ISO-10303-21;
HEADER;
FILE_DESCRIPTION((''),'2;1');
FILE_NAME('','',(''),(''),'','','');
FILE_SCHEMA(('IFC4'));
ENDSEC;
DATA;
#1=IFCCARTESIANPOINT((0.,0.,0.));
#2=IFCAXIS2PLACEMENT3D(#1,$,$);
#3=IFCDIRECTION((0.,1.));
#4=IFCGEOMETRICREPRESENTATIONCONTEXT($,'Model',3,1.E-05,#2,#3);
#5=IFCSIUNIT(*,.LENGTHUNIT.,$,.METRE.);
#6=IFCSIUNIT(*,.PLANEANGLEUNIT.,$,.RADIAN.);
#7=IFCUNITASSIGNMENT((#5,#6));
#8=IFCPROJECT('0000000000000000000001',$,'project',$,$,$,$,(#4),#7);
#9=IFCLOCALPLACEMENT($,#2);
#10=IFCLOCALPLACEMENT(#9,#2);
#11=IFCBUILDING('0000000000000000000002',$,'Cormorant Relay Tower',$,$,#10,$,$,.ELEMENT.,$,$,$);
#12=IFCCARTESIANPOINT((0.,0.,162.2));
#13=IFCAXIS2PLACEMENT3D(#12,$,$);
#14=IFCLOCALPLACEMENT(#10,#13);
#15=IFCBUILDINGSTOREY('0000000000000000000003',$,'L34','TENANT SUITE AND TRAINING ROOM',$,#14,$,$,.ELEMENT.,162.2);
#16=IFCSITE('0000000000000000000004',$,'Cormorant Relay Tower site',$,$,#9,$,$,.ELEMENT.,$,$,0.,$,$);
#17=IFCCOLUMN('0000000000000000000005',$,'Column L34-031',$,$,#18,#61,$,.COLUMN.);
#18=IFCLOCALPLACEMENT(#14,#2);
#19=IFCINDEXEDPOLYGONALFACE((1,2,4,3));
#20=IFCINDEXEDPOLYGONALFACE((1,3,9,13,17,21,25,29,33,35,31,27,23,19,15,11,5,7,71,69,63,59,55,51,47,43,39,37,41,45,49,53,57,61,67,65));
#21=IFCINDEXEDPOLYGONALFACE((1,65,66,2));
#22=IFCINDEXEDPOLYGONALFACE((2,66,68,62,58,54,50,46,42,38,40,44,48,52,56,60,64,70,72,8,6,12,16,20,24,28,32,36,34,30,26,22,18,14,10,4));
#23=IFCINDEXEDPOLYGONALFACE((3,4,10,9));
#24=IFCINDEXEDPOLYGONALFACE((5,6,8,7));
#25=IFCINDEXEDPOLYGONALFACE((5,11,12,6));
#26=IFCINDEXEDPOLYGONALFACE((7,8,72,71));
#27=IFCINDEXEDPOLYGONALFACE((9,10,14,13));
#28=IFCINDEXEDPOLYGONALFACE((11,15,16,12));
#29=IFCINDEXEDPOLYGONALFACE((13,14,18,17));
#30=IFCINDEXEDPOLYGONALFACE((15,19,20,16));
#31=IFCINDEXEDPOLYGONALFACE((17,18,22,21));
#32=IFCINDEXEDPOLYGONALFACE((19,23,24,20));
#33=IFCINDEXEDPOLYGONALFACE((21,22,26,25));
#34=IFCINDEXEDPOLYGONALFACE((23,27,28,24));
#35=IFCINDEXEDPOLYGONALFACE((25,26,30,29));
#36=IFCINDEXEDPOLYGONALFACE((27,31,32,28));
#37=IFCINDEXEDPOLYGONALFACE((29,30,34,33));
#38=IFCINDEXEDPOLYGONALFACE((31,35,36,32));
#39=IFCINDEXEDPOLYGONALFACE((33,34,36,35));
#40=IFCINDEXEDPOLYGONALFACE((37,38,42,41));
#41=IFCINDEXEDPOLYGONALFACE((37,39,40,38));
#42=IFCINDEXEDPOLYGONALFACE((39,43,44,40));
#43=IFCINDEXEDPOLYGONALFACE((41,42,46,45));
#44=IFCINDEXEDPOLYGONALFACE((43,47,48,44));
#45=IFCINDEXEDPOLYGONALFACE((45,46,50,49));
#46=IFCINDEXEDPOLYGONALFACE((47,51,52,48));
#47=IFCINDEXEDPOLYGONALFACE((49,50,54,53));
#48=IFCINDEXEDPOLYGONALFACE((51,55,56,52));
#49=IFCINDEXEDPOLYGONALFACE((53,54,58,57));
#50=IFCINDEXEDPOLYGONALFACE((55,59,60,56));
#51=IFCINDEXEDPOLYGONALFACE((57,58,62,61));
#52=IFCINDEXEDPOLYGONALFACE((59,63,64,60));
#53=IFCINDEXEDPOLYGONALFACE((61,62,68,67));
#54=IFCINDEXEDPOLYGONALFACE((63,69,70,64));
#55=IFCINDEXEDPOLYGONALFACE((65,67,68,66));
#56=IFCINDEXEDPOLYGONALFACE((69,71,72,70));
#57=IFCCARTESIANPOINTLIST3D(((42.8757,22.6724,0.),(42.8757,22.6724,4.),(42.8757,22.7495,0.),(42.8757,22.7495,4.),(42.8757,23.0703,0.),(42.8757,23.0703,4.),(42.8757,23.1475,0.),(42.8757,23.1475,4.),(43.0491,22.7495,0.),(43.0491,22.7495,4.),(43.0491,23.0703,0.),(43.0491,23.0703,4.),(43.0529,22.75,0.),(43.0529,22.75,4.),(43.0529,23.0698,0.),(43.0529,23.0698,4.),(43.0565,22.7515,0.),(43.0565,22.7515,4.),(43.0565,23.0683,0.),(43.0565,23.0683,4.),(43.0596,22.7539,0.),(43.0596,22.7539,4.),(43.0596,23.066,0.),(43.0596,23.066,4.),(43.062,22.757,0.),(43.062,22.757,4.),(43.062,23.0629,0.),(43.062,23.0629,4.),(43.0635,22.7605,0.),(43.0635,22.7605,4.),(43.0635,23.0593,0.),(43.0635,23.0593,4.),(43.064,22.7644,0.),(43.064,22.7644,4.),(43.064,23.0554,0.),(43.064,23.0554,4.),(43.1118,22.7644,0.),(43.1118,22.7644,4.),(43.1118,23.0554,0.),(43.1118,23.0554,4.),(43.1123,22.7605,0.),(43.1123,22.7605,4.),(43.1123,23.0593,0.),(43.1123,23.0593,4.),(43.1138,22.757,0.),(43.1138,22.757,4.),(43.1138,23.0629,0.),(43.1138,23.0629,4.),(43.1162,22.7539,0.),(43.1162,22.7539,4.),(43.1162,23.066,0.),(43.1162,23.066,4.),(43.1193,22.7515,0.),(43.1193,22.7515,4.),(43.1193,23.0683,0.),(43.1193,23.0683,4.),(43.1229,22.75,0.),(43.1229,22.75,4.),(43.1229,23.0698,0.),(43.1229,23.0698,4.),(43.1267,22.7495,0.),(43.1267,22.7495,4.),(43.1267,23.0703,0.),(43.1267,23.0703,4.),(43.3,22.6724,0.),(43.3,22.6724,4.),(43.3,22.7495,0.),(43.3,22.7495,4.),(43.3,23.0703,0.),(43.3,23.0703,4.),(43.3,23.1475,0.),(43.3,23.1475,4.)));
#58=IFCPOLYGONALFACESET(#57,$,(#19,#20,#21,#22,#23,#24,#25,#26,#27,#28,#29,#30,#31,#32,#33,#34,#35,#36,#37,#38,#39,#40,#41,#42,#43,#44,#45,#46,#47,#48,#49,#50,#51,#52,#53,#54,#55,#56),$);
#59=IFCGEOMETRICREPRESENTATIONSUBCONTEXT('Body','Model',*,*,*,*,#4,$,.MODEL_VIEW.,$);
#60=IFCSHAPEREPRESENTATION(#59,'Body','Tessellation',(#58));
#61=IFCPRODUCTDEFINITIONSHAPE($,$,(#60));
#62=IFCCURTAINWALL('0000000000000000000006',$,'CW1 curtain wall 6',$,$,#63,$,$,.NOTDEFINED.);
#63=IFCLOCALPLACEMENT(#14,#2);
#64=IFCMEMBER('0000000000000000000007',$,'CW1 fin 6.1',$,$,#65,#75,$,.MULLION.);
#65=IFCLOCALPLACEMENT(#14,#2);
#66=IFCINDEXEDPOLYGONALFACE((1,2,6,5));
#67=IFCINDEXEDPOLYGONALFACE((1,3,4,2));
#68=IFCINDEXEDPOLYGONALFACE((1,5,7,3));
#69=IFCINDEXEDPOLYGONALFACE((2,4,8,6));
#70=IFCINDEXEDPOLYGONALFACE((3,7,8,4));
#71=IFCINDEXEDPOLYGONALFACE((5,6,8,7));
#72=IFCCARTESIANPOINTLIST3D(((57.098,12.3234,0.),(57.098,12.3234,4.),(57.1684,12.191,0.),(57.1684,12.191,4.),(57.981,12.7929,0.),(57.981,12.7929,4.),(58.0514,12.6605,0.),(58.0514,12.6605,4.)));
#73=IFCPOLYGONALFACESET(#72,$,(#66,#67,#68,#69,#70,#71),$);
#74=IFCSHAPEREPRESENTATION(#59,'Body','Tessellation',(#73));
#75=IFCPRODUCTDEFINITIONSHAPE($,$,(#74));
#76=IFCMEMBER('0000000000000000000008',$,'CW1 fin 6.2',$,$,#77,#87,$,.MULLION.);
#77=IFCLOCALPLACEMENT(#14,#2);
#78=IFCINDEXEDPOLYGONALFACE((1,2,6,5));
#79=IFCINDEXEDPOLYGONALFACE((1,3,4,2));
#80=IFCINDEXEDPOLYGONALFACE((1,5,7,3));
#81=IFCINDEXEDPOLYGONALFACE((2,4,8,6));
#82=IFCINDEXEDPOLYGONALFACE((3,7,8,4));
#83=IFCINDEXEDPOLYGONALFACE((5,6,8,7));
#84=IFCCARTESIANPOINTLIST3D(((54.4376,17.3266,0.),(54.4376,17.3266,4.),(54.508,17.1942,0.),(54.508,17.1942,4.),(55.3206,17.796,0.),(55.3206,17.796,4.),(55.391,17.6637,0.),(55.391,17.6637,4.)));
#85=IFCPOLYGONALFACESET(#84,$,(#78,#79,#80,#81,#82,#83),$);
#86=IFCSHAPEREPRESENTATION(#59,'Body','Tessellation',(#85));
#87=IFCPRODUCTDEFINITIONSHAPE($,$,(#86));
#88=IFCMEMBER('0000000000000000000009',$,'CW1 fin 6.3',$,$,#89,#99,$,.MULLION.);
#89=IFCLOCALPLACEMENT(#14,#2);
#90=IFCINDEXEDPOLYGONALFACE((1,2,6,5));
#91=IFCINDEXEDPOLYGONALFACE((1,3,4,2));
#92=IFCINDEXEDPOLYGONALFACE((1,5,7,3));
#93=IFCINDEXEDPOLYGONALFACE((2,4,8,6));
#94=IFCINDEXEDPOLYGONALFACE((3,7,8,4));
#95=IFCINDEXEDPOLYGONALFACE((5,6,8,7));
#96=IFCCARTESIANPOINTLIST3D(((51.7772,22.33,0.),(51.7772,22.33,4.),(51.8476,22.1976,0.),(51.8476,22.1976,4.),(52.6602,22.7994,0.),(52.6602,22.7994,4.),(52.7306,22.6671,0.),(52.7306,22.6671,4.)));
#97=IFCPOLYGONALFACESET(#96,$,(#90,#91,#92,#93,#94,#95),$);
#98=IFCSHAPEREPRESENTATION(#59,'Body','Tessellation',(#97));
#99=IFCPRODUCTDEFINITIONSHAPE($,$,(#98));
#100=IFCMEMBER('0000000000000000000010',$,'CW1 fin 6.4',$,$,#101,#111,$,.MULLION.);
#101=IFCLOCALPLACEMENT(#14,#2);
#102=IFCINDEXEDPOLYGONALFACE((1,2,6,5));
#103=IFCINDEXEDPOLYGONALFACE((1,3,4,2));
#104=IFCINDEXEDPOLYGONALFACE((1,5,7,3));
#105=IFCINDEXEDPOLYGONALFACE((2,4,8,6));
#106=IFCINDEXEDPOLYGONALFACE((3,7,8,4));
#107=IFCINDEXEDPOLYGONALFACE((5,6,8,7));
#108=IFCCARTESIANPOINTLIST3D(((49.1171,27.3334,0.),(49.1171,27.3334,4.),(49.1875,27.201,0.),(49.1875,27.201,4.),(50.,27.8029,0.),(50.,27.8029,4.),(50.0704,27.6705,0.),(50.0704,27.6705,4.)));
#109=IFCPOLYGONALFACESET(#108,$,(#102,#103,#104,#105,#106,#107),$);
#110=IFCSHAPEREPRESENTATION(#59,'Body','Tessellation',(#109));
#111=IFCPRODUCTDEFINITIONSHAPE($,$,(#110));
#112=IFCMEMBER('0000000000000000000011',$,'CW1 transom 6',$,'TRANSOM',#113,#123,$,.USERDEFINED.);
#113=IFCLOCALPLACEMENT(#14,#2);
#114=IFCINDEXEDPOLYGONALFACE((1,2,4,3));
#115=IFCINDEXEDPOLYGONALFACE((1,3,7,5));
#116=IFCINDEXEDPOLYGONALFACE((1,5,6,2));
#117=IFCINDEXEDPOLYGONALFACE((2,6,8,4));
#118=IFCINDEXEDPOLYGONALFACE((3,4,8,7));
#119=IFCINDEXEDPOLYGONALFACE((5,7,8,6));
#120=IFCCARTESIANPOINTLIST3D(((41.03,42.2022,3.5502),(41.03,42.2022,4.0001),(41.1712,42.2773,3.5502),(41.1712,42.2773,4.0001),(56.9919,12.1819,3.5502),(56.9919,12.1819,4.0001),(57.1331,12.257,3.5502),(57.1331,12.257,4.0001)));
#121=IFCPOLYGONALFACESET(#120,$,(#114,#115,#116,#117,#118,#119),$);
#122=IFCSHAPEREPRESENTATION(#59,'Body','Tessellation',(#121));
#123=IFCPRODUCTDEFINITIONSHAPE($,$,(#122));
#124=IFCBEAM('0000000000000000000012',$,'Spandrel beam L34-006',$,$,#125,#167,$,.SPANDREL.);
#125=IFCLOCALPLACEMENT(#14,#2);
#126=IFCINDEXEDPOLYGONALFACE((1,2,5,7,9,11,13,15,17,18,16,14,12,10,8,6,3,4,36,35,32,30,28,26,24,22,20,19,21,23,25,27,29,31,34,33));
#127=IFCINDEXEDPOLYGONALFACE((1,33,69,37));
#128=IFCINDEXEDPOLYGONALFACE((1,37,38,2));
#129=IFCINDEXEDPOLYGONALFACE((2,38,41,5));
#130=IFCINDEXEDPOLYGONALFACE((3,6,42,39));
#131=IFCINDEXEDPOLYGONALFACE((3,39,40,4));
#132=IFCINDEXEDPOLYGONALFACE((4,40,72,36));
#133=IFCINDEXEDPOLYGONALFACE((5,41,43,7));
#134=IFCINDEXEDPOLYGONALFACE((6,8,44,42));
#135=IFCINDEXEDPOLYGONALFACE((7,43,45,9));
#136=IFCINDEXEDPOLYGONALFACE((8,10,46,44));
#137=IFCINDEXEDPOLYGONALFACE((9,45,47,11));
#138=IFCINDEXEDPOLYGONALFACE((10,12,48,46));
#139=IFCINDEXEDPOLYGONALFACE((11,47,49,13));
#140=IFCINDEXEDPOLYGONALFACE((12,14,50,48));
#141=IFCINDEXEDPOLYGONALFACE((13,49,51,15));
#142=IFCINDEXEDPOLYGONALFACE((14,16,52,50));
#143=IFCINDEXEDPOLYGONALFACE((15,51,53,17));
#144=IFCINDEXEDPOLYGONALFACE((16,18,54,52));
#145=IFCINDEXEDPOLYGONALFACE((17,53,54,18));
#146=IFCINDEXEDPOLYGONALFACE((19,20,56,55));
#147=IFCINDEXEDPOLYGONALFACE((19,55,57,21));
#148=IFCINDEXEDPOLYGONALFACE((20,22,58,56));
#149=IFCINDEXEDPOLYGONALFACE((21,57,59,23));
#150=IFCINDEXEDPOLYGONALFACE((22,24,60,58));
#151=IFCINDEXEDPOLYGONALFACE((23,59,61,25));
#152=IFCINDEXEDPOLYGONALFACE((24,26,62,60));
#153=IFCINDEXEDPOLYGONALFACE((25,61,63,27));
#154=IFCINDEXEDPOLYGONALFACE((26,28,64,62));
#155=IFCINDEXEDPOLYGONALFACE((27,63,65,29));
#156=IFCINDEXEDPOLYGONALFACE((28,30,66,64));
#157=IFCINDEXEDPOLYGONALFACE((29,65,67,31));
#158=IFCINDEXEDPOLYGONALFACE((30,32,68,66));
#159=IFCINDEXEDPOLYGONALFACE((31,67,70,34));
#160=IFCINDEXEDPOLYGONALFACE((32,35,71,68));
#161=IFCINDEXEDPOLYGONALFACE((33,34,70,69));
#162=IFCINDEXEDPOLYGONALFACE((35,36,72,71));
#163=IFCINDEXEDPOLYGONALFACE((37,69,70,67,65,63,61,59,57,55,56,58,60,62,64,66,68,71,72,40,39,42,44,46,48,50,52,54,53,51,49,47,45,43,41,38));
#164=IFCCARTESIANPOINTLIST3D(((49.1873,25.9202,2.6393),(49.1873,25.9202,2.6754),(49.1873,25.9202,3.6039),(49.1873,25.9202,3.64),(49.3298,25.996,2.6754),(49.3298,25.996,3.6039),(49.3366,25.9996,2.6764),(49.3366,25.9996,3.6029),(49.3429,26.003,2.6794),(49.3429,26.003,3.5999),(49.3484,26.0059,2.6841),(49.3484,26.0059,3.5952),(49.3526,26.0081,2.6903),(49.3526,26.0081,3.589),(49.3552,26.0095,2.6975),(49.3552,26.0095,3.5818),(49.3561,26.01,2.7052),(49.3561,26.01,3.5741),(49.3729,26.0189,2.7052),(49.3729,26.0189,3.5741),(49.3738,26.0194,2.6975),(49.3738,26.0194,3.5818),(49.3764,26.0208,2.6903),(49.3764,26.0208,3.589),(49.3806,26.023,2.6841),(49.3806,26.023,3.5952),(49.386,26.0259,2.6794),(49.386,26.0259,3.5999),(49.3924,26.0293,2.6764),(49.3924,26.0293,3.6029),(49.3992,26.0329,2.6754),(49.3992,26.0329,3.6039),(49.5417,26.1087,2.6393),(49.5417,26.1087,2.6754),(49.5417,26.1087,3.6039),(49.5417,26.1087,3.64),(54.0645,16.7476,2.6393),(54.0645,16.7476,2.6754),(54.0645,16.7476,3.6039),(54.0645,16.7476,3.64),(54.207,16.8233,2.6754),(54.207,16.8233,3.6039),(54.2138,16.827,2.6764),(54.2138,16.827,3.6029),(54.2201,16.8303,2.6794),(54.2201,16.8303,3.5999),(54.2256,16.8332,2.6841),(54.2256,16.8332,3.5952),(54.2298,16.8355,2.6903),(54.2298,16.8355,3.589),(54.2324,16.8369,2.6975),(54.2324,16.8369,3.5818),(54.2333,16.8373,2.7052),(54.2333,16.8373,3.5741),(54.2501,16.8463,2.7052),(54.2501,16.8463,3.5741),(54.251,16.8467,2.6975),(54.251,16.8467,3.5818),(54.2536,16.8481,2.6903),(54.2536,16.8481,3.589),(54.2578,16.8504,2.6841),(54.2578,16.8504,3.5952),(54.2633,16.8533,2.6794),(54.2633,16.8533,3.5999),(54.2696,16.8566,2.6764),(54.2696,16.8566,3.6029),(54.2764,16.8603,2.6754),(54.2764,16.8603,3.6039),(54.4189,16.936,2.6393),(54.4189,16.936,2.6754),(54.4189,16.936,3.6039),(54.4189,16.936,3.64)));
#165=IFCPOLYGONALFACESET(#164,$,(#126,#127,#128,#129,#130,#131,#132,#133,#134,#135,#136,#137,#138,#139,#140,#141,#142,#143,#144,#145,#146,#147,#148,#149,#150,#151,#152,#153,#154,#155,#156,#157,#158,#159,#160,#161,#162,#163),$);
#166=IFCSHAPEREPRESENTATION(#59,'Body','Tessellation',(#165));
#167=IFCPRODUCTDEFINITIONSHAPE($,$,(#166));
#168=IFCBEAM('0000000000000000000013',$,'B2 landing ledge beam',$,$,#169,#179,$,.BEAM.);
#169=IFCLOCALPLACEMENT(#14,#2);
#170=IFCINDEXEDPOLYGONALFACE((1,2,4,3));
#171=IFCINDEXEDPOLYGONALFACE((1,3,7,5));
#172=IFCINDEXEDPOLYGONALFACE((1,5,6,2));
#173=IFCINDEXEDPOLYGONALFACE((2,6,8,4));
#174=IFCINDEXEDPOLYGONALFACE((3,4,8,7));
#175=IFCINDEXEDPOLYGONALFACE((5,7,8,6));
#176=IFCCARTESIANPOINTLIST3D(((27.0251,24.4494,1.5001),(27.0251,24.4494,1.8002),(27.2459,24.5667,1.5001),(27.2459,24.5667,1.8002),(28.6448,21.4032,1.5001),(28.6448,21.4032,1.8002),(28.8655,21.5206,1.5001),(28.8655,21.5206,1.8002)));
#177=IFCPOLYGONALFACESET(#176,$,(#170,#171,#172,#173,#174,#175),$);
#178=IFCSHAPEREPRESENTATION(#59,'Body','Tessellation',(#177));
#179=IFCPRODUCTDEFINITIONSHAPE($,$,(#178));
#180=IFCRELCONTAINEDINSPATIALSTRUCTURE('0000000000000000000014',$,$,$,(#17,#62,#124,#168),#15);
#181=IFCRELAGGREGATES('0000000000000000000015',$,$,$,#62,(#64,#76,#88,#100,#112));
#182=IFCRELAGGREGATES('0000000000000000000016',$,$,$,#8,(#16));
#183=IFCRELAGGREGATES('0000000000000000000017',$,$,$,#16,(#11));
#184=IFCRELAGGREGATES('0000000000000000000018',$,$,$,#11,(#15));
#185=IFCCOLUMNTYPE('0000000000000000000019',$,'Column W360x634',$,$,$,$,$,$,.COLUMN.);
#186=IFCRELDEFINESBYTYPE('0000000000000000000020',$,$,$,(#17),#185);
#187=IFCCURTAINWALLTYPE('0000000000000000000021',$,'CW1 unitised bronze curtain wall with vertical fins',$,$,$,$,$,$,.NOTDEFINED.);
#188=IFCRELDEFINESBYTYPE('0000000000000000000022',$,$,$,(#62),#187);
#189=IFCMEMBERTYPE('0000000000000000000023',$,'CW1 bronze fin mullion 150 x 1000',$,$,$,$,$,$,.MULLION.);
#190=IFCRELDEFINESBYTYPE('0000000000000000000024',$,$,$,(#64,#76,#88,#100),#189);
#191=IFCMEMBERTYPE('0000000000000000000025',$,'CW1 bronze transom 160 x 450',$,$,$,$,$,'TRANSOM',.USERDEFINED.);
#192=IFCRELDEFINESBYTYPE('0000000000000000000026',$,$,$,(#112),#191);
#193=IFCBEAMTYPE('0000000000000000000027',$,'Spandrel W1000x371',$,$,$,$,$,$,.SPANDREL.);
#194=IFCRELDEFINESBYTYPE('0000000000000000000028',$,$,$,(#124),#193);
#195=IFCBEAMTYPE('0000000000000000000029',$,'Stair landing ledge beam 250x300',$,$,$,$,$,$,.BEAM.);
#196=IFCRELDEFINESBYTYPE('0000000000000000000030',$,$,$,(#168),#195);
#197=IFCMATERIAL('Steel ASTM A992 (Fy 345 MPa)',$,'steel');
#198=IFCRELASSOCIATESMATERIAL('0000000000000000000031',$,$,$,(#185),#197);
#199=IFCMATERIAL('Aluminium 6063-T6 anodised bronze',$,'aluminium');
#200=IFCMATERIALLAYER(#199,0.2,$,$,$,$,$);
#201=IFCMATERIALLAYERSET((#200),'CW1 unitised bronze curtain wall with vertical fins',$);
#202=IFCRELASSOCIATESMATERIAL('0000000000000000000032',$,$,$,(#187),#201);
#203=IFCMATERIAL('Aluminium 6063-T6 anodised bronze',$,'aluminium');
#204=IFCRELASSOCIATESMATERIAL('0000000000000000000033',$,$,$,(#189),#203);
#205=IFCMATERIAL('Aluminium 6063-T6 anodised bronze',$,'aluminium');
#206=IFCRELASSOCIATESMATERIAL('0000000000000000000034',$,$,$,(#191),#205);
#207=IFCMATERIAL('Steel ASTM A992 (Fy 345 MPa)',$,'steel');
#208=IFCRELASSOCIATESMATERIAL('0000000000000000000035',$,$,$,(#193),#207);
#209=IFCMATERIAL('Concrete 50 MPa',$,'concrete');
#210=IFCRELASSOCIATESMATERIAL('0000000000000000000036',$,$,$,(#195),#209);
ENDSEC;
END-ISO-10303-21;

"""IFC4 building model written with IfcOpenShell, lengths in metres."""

from ifc_helpers import new_model, si_unit, direction, frame, origin, origin_2d, place, context, subcontext, project, spatial, rectangle, i_section, extrude, material, layer, layer_set, material_profile, profile_set, type_object, element, aggregate, save


model = new_model("IFC4")

# Units and contexts
model_context = context("Model", 3, precision=1e-05, world=origin(), true_north=direction((0.0, 1.0)))
body_context = subcontext(model_context, "Body", "Model", "MODEL_VIEW")
ifc_project = project(units=[si_unit("LENGTHUNIT", "METRE"), si_unit("PLANEANGLEUNIT", "RADIAN")], contexts=[model_context])

# Site, building, storey
site_placement = place(None, origin())
site = spatial("IfcSite", under=ifc_project, at=site_placement, Name="Cormorant Relay Tower site", CompositionType="ELEMENT", RefElevation=0.0)
building_placement = place(site_placement, origin())
building = spatial("IfcBuilding", under=site, at=building_placement, Name="Cormorant Relay Tower", CompositionType="ELEMENT")
storey_placement = place(building_placement, frame((0.0, 0.0, 162.2)))
storey = spatial("IfcBuildingStorey", under=building, at=storey_placement, Name="L34", Description="TENANT SUITE AND TRAINING ROOM", CompositionType="ELEMENT", Elevation=162.2)

# Column
ifc_material_1 = material(Name="Steel ASTM A992 (Fy 345 MPa)", Category="steel")
ifc_material_profile_1 = material_profile(ifc_material_1, i_section(OverallWidth=0.4243, OverallDepth=0.4751, WebThickness=0.0479, FlangeThickness=0.0771, FilletRadius=0.0149, at=origin_2d()), Name="W360x634")
ifc_profile_set_1 = profile_set([ifc_material_profile_1], Name="Steel ASTM A992 (Fy 345 MPa)")
column_type_1 = type_object("IfcColumnType", Name="Column W360x634", PredefinedType="COLUMN", material=ifc_profile_set_1)
for number, where, z_axis, x_axis, name in (
    (1, (43.0879, 22.9099, 0.0), (0.0, 0.0, 1.0), (1.0, 0.0, 0.0), "Column L34-031"),
):
    element("IfcColumn", number, at=place(storey_placement, frame(where, z_axis=z_axis, x_axis=x_axis)), inside=storey, type_object=column_type_1, Name=name, PredefinedType="COLUMN", context=body_context, shape_type="SweptSolid", body=[
        extrude(i_section(OverallWidth=0.4243, OverallDepth=0.4751, WebThickness=0.0479, FlangeThickness=0.0771, FilletRadius=0.0149, at=origin_2d()), origin(), (0.0, 0.0, 1.0), 4.0),
    ])

# Curtain wall, members
ifc_material_2 = material(Name="Aluminium 6063-T6 anodised bronze", Category="aluminium")
ifc_layer_1 = layer(ifc_material_2, 0.2)
ifc_layer_set_1 = layer_set([ifc_layer_1], Name="CW1 unitised bronze curtain wall with vertical fins")
curtain_wall_type = type_object("IfcCurtainWallType", Name="CW1 unitised bronze curtain wall with vertical fins", PredefinedType="NOTDEFINED", material=ifc_layer_set_1)
curtain_wall_1_placement = place(storey_placement, origin())
curtain_wall_1 = element("IfcCurtainWall", 2, at=curtain_wall_1_placement, inside=storey, type_object=curtain_wall_type, Name="CW1 curtain wall 6", PredefinedType="NOTDEFINED")
ifc_material_3 = material(Name="Aluminium 6063-T6 anodised bronze", Category="aluminium")
ifc_material_profile_2 = material_profile(ifc_material_3, rectangle(XDim=0.1499, YDim=1.0, at=origin_2d()), Name="AL 150x1000")
ifc_profile_set_2 = profile_set([ifc_material_profile_2], Name="Aluminium 6063-T6 anodised bronze")
member_type_1 = type_object("IfcMemberType", Name="CW1 bronze fin mullion 150 x 1000", PredefinedType="MULLION", material=ifc_profile_set_2)
member_1_placement = place(storey_placement, frame((57.5747, 12.4919, 0.0), z_axis=(0.0, 0.0, 1.0), x_axis=(-0.469472, 0.882948, 0.0)))
member_1 = element("IfcMember", 3, at=member_1_placement, type_object=member_type_1, Name="CW1 fin 6.1", PredefinedType="MULLION", context=body_context, shape_type="SweptSolid", body=[
    extrude(rectangle(XDim=0.1499, YDim=1.0, at=origin_2d()), origin(), (0.0, 0.0, 1.0), 4.0),
])
member_2_placement = place(storey_placement, frame((54.9143, 17.4951, 0.0), z_axis=(0.0, 0.0, 1.0), x_axis=(-0.469472, 0.882948, 0.0)))
member_2 = element("IfcMember", 4, at=member_2_placement, type_object=member_type_1, Name="CW1 fin 6.2", PredefinedType="MULLION", context=body_context, shape_type="SweptSolid", body=[
    extrude(rectangle(XDim=0.1499, YDim=1.0, at=origin_2d()), origin(), (0.0, 0.0, 1.0), 4.0),
])
member_3_placement = place(storey_placement, frame((52.2539, 22.4985, 0.0), z_axis=(0.0, 0.0, 1.0), x_axis=(-0.469472, 0.882948, 0.0)))
member_3 = element("IfcMember", 5, at=member_3_placement, type_object=member_type_1, Name="CW1 fin 6.3", PredefinedType="MULLION", context=body_context, shape_type="SweptSolid", body=[
    extrude(rectangle(XDim=0.1499, YDim=1.0, at=origin_2d()), origin(), (0.0, 0.0, 1.0), 4.0),
])
member_4_placement = place(storey_placement, frame((49.5938, 27.502, 0.0), z_axis=(0.0, 0.0, 1.0), x_axis=(-0.469472, 0.882948, 0.0)))
member_4 = element("IfcMember", 6, at=member_4_placement, type_object=member_type_1, Name="CW1 fin 6.4", PredefinedType="MULLION", context=body_context, shape_type="SweptSolid", body=[
    extrude(rectangle(XDim=0.1499, YDim=1.0, at=origin_2d()), origin(), (0.0, 0.0, 1.0), 4.0),
])
ifc_material_4 = material(Name="Aluminium 6063-T6 anodised bronze", Category="aluminium")
ifc_material_profile_3 = material_profile(ifc_material_4, rectangle(XDim=0.1599, YDim=0.45, at=origin_2d()), Name="AL 160x450")
ifc_profile_set_3 = profile_set([ifc_material_profile_3], Name="Aluminium 6063-T6 anodised bronze")
member_type_2 = type_object("IfcMemberType", Name="CW1 bronze transom 160 x 450", ElementType="TRANSOM", PredefinedType="USERDEFINED", material=ifc_profile_set_3)
member_5_placement = place(storey_placement, frame((57.0625, 12.2195, 3.7751), z_axis=(-0.469468, 0.882949, 0.0), x_axis=(-0.882949, -0.469468, 0.0)))
member_5 = element("IfcMember", 7, at=member_5_placement, type_object=member_type_2, Name="CW1 transom 6", ObjectType="TRANSOM", PredefinedType="USERDEFINED", context=body_context, shape_type="SweptSolid", body=[
    extrude(rectangle(XDim=0.1599, YDim=0.45, at=origin_2d()), origin(), (0.0, 0.0, 1.0), 34.0),
])

# Beams
ifc_material_5 = material(Name="Steel ASTM A992 (Fy 345 MPa)", Category="steel")
ifc_material_profile_4 = material_profile(ifc_material_5, i_section(OverallWidth=0.4014, OverallDepth=1.0007, WebThickness=0.019, FlangeThickness=0.0361, FilletRadius=0.0298, at=origin_2d()), Name="W1000x371")
ifc_profile_set_4 = profile_set([ifc_material_profile_4], Name="Steel ASTM A992 (Fy 345 MPa)")
beam_type_1 = type_object("IfcBeamType", Name="Spandrel W1000x371", PredefinedType="SPANDREL", material=ifc_profile_set_4)
beam_1_placement = place(storey_placement, frame((54.2417, 16.8418, 3.1396), z_axis=(-0.469474, 0.882946, 0.0), x_axis=(-0.882946, -0.469474, 0.0)))
element("IfcBeam", 8, at=beam_1_placement, inside=storey, type_object=beam_type_1, Name="Spandrel beam L34-006", PredefinedType="SPANDREL", context=body_context, shape_type="SweptSolid", body=[
    extrude(i_section(OverallWidth=0.4014, OverallDepth=1.0007, WebThickness=0.019, FlangeThickness=0.0361, FilletRadius=0.0298, at=origin_2d()), origin(), (0.0, 0.0, 1.0), 10.3887),
])
ifc_material_6 = material(Name="Concrete 50 MPa", Category="concrete")
ifc_material_profile_5 = material_profile(ifc_material_6, rectangle(XDim=0.25, YDim=0.3, at=origin_2d()), Name="RC 250x300")
ifc_profile_set_5 = profile_set([ifc_material_profile_5], Name="Concrete 50 MPa")
beam_type_2 = type_object("IfcBeamType", Name="Stair landing ledge beam 250x300", PredefinedType="BEAM", material=ifc_profile_set_5)
beam_2_placement = place(storey_placement, frame((28.7551, 21.4619, 1.6501), z_axis=(-0.469464, 0.882952, 0.0), x_axis=(-0.882952, -0.469464, 0.0)))
element("IfcBeam", 9, at=beam_2_placement, inside=storey, type_object=beam_type_2, Name="B2 landing ledge beam", PredefinedType="BEAM", context=body_context, shape_type="SweptSolid", body=[
    extrude(rectangle(XDim=0.25, YDim=0.3, at=origin_2d()), origin(), (0.0, 0.0, 1.0), 3.45),
])

aggregate(curtain_wall_1, [member_1, member_2, member_3, member_4, member_5])

save(model, "model.ifc")
